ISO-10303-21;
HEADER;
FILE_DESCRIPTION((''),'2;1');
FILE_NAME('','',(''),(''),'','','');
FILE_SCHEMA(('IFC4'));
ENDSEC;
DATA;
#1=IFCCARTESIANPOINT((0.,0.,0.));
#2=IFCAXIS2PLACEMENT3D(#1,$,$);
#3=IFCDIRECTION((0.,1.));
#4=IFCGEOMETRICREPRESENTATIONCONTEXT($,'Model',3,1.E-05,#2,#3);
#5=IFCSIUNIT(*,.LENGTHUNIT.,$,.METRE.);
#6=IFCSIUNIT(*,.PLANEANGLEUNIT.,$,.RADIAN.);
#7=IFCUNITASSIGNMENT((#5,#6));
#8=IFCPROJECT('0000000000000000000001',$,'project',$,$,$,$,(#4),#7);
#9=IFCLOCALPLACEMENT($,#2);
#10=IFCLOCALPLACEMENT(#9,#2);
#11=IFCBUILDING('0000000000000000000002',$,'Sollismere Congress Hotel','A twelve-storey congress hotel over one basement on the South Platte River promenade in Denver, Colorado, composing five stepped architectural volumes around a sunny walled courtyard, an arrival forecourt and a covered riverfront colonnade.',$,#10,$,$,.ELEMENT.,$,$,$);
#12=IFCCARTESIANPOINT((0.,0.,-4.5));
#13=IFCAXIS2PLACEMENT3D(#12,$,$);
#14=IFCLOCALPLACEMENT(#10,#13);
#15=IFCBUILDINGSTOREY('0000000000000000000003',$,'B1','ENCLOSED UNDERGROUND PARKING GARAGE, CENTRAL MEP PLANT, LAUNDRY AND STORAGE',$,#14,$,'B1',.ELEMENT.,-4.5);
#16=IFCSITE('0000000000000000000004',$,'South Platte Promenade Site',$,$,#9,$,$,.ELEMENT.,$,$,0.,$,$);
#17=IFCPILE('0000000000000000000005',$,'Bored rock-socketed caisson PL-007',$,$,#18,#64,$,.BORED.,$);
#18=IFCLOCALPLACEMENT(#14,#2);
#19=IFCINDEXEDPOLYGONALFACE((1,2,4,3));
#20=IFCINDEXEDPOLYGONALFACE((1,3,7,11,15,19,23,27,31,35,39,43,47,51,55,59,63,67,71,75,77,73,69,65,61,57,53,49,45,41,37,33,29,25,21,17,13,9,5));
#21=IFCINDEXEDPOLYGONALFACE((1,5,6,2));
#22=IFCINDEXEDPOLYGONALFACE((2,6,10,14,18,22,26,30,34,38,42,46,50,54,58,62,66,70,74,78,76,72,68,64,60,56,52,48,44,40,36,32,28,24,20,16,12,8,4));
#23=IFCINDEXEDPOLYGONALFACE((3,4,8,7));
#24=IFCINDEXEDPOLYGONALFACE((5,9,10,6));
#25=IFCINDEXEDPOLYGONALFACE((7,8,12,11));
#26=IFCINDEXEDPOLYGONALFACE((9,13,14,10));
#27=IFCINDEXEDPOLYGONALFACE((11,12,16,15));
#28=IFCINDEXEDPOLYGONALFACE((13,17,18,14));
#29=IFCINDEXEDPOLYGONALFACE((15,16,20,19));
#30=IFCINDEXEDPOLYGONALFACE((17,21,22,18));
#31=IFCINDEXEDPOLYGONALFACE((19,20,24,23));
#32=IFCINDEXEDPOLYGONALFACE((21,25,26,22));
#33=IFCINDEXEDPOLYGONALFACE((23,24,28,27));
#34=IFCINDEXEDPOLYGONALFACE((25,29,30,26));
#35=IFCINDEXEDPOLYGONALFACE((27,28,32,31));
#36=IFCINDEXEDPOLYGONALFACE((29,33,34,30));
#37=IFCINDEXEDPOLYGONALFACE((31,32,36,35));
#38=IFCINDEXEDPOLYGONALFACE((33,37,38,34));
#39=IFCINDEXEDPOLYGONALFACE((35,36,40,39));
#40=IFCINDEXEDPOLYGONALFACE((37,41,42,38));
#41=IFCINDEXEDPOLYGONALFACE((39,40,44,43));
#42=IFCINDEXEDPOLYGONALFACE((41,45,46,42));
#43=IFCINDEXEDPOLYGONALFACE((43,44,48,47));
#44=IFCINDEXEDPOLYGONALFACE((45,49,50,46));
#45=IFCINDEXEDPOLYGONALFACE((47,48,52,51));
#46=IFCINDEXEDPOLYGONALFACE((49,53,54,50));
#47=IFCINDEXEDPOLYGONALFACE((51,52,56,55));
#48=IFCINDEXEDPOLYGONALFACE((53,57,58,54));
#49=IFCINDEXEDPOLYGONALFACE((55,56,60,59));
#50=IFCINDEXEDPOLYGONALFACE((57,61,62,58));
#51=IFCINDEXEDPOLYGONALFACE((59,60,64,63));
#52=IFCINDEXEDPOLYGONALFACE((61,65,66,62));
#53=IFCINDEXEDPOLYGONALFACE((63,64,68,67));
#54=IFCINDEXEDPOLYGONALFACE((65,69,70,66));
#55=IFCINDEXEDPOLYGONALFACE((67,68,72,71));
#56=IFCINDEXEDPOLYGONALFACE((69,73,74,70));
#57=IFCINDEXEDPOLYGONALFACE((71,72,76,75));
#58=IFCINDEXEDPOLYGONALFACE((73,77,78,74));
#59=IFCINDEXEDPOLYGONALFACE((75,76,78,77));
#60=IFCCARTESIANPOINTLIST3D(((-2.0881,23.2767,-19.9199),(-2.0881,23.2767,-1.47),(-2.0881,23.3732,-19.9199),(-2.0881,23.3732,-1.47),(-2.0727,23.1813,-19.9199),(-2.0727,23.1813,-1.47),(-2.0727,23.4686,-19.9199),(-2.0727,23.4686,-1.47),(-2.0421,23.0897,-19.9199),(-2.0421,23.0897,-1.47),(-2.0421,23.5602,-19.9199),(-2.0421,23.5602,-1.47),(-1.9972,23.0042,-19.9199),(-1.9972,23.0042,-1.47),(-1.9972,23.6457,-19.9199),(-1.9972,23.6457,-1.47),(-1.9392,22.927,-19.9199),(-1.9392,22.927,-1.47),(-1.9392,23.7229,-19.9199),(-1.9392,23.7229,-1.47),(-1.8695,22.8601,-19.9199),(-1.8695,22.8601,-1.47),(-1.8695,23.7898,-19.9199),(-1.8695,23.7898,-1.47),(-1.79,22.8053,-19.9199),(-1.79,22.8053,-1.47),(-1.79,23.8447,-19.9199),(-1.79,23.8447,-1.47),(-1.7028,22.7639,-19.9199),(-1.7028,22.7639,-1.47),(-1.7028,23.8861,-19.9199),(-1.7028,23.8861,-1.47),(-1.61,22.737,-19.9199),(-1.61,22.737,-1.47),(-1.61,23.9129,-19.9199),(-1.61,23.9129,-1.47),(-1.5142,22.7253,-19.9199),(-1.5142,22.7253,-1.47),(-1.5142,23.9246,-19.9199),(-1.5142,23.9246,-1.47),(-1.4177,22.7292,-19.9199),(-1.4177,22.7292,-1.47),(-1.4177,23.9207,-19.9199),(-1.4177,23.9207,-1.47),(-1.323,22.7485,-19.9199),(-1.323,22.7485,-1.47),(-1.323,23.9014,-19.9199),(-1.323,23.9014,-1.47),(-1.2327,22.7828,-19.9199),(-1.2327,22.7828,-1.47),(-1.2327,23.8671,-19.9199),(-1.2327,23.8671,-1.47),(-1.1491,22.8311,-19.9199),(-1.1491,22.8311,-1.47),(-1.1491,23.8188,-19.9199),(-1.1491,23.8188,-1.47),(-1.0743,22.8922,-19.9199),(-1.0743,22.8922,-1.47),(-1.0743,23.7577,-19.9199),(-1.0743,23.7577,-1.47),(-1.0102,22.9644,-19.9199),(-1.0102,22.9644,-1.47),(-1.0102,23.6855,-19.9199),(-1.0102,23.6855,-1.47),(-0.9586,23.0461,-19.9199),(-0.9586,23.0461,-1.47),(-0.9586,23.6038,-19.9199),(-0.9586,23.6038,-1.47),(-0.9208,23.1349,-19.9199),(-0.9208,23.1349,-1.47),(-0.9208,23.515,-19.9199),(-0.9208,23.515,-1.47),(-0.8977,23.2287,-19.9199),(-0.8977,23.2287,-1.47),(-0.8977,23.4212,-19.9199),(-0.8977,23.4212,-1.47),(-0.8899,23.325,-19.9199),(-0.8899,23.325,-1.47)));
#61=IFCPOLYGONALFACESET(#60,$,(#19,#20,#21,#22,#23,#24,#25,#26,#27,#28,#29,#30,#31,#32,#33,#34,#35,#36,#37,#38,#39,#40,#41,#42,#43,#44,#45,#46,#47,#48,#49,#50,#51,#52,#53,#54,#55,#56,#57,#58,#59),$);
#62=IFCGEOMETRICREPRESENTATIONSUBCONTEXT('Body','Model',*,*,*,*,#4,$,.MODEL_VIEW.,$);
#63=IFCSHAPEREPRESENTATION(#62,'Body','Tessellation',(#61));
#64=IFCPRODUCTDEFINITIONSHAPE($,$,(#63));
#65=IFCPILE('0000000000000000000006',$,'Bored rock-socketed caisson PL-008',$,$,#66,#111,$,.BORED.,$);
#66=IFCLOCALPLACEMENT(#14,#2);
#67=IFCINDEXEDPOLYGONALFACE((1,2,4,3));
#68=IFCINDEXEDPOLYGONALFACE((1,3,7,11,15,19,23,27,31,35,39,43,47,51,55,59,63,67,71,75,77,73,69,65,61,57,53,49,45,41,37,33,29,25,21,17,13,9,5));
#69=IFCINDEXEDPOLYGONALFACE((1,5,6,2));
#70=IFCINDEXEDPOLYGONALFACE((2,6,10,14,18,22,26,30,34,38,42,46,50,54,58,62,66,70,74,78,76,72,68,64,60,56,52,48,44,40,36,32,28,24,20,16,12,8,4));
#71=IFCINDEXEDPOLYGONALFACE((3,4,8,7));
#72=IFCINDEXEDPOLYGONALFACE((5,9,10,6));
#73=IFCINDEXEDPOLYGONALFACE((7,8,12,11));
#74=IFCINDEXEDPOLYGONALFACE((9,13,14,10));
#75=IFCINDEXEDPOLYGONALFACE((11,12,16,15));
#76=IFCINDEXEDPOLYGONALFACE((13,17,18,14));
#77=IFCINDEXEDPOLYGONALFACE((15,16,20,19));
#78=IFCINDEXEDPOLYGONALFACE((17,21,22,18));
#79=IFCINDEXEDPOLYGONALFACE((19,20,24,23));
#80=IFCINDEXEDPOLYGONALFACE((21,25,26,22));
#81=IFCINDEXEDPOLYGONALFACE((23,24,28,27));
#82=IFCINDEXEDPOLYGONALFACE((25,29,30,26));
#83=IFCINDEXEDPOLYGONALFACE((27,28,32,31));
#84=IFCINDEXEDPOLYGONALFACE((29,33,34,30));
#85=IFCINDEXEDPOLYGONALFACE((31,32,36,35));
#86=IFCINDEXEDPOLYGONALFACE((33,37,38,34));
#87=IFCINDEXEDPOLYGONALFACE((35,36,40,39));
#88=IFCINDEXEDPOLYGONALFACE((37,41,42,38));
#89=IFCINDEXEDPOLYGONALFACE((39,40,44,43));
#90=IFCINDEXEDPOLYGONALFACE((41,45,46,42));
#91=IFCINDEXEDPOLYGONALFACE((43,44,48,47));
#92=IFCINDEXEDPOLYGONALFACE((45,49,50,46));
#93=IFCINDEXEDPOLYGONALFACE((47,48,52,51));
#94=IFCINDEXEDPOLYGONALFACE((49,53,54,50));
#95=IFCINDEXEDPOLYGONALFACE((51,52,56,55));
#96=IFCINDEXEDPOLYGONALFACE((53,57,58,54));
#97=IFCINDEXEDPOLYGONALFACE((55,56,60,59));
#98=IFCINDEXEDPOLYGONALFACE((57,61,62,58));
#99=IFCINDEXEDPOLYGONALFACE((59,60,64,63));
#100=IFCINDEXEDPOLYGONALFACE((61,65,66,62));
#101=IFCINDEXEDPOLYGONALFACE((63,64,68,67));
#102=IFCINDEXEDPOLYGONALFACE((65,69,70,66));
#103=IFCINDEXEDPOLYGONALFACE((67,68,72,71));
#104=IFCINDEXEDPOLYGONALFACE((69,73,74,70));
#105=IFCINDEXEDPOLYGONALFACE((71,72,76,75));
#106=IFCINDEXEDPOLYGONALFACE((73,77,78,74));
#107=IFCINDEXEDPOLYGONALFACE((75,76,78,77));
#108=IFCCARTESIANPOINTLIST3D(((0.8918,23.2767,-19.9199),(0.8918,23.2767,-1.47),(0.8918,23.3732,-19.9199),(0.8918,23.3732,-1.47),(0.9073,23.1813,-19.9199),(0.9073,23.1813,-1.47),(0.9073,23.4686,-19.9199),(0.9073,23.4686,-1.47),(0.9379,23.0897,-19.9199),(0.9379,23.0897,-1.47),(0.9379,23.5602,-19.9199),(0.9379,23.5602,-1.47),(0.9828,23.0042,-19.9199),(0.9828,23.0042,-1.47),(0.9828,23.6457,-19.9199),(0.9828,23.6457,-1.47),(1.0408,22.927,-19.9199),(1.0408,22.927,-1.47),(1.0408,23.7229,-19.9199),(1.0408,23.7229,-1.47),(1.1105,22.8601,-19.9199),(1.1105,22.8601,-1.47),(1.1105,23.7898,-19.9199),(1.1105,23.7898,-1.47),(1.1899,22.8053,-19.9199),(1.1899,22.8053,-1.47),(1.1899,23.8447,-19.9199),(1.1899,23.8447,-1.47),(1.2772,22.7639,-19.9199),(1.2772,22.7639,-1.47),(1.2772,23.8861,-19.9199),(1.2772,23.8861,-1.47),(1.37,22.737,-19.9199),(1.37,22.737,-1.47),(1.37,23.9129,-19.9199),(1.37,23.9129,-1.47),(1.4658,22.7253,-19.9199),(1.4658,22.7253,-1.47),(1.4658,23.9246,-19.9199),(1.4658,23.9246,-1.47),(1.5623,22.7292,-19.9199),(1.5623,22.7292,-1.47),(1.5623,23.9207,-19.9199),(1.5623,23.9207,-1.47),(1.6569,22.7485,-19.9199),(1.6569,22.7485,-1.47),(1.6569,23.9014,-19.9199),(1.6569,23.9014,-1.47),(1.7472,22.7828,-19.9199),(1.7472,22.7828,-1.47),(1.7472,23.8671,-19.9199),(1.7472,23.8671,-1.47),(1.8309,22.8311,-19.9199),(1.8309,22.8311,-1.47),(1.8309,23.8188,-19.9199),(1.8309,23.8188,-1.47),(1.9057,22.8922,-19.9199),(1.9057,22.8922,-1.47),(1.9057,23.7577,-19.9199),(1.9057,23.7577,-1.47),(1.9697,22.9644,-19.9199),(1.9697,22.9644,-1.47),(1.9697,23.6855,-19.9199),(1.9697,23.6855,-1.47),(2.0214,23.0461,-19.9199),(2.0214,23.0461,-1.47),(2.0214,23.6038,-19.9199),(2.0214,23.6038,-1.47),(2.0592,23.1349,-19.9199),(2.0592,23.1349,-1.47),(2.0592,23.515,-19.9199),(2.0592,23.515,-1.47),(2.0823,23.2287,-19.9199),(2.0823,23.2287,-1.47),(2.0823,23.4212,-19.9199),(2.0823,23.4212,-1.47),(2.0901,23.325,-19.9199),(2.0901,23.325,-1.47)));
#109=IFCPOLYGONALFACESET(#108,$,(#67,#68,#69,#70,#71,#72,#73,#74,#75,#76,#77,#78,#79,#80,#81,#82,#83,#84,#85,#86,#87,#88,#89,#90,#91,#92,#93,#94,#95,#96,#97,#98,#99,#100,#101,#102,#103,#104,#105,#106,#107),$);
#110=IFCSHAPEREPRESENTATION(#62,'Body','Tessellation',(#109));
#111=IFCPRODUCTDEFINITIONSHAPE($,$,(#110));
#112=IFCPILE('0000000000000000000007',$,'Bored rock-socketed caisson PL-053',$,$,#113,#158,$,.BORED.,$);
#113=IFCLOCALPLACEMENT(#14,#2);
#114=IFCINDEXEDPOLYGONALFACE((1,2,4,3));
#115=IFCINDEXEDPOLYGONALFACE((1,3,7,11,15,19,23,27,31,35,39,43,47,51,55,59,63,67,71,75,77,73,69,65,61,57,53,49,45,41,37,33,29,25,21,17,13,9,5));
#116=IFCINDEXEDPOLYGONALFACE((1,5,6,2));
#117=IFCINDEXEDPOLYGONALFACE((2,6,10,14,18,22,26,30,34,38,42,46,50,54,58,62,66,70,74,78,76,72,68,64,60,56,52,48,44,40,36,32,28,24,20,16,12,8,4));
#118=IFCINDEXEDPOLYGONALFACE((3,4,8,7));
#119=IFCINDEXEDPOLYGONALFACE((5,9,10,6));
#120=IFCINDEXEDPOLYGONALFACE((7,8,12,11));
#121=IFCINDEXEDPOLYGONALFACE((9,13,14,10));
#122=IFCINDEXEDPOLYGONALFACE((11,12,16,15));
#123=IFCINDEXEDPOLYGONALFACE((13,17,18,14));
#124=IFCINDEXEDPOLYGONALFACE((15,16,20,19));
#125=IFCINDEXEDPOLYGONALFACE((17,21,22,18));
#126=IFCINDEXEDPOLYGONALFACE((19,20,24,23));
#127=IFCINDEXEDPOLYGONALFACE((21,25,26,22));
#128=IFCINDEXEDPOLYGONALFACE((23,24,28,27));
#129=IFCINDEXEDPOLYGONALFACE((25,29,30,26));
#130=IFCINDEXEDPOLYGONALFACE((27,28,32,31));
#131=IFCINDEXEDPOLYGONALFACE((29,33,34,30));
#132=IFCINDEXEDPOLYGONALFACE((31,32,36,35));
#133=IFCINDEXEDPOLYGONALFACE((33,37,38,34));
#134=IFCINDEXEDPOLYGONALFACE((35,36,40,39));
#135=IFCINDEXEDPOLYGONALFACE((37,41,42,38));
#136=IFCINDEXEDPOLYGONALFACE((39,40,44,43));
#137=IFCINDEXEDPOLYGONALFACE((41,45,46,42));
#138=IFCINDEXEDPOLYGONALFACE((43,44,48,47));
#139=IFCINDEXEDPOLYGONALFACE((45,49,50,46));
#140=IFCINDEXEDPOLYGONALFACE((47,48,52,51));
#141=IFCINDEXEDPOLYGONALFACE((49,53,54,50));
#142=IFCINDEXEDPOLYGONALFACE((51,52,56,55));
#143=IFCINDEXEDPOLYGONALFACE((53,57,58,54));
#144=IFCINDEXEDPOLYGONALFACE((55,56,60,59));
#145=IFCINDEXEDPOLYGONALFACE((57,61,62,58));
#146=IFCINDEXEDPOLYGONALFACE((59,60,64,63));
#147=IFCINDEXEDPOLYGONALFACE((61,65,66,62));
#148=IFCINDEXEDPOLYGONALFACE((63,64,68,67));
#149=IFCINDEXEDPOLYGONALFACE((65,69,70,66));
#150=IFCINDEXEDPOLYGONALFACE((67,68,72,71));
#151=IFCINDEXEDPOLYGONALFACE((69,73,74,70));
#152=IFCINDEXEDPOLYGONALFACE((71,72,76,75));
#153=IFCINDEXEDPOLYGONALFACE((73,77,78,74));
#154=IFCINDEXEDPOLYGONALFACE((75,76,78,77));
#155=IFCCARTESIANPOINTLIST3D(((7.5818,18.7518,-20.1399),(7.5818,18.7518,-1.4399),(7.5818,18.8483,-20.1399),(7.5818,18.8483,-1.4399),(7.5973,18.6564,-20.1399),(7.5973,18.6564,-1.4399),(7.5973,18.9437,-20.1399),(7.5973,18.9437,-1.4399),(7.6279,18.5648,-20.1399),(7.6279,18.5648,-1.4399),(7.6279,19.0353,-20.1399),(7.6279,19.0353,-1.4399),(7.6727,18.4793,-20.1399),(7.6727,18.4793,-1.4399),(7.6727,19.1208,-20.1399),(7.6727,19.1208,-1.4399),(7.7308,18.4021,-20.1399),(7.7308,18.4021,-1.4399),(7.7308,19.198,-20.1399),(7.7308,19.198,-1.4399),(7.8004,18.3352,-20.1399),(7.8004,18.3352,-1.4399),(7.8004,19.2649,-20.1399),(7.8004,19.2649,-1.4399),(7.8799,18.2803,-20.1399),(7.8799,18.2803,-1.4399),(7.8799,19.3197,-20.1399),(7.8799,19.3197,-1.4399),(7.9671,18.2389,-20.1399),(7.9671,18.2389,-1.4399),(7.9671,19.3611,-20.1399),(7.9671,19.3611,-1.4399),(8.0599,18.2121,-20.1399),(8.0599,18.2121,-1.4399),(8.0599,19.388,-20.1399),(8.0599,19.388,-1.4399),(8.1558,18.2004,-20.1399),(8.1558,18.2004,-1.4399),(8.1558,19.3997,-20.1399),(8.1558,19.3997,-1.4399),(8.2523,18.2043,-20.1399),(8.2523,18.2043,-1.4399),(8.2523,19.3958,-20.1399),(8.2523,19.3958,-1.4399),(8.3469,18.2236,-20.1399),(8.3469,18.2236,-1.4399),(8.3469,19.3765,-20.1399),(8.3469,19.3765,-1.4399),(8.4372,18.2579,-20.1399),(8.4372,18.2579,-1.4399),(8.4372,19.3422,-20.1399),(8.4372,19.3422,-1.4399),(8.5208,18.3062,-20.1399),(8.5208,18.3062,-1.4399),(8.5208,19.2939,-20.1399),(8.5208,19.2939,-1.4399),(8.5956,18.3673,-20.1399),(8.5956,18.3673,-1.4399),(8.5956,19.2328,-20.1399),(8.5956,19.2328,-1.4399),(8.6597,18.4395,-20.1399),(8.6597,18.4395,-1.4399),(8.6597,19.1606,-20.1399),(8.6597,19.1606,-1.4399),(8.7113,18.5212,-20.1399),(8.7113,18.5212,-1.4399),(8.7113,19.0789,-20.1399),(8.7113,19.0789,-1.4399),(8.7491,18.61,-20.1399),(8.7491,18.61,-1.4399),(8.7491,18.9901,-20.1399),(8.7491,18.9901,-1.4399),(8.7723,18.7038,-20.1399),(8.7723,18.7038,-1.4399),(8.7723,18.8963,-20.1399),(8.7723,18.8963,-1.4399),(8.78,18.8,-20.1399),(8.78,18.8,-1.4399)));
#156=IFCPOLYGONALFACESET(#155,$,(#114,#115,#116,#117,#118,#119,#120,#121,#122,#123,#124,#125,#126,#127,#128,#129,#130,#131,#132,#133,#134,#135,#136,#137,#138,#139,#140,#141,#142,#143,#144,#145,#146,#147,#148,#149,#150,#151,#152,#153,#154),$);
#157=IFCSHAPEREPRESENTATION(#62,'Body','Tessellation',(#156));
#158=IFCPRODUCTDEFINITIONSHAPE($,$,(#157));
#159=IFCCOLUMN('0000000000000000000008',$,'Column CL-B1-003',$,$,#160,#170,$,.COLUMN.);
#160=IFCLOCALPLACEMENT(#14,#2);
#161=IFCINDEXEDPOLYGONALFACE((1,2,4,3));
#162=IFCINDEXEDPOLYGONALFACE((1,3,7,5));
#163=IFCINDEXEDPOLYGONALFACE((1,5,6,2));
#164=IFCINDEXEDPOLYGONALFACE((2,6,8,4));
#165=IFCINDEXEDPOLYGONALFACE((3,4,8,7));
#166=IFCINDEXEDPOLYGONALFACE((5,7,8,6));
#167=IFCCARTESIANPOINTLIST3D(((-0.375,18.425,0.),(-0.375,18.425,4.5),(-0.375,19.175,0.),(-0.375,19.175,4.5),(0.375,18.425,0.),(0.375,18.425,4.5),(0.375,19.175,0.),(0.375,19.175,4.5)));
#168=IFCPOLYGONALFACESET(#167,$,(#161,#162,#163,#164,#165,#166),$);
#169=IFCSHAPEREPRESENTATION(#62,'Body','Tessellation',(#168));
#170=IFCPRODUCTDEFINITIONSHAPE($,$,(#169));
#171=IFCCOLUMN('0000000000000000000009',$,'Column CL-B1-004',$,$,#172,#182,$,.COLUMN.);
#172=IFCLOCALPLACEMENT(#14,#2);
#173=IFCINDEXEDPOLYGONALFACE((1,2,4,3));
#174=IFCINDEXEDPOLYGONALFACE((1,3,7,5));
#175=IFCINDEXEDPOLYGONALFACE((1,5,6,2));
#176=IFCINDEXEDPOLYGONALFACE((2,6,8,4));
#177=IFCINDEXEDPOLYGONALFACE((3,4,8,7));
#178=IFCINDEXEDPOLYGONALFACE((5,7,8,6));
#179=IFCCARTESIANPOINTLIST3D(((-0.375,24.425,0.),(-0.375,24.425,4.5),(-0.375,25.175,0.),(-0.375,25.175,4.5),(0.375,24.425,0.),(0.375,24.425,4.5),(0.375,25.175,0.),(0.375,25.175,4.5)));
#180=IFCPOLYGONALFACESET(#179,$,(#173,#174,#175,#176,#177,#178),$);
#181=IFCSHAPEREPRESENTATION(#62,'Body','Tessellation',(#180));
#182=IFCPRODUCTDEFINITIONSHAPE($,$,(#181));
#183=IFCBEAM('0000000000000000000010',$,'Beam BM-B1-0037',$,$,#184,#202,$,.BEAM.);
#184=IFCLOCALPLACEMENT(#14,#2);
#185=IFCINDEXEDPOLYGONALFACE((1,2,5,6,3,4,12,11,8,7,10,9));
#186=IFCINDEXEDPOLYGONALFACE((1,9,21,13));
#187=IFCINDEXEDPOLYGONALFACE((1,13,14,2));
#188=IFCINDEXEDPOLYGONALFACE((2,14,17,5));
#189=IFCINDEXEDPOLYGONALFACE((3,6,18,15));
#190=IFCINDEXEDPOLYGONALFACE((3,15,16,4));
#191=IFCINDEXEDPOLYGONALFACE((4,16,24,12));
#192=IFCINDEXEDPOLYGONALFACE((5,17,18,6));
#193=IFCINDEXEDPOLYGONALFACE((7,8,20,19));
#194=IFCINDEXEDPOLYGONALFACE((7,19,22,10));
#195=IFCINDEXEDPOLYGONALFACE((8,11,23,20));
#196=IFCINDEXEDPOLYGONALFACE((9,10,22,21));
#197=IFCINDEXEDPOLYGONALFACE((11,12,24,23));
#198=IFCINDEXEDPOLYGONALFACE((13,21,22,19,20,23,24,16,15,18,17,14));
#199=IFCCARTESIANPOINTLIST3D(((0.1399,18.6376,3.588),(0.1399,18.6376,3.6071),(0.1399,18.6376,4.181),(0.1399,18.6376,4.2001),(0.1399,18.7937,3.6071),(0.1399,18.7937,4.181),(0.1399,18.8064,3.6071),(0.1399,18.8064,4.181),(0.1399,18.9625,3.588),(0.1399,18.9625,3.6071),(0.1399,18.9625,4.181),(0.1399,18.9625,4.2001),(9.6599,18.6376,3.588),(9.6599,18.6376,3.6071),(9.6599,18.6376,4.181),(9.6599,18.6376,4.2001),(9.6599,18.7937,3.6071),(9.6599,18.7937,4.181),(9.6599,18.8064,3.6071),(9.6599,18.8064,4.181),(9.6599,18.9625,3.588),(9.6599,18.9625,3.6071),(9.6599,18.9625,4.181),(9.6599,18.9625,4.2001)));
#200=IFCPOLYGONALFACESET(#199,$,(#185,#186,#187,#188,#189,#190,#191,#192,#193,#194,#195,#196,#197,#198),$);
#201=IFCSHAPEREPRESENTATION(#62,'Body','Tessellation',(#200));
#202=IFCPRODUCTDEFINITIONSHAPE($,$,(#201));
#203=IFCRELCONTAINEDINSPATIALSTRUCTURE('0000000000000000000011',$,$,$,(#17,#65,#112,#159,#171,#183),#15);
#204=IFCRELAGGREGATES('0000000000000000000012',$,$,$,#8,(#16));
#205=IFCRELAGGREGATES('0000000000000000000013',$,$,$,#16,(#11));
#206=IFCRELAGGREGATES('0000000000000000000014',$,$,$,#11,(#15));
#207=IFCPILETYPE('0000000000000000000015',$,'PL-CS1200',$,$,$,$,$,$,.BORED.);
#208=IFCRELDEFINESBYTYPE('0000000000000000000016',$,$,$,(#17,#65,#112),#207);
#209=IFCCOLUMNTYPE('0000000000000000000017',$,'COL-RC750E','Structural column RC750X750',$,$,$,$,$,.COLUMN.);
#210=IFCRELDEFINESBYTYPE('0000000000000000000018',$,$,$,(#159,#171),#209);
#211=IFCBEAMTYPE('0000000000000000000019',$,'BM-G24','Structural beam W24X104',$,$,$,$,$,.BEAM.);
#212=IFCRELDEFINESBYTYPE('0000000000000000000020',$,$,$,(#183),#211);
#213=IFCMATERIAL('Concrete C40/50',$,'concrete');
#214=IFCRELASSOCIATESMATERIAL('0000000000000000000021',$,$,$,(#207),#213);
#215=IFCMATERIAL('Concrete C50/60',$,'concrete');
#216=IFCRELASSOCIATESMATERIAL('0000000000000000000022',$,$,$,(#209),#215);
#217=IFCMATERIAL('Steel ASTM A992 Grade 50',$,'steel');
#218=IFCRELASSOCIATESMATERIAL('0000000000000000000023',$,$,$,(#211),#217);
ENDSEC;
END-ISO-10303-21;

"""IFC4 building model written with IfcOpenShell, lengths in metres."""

from ifc_helpers import new_model, si_unit, direction, frame, origin, origin_2d, place, context, subcontext, project, spatial, rectangle, circle, i_section, extrude, material, material_profile, profile_set, type_object, element, save


model = new_model("IFC4")

# Units and contexts
model_context = context("Model", 3, precision=1e-05, world=origin(), true_north=direction((0.0, 1.0)))
body_context = subcontext(model_context, "Body", "Model", "MODEL_VIEW")
ifc_project = project(units=[si_unit("LENGTHUNIT", "METRE"), si_unit("PLANEANGLEUNIT", "RADIAN")], contexts=[model_context])

# Site, building, storey
site_placement = place(None, origin())
site = spatial("IfcSite", under=ifc_project, at=site_placement, Name="South Platte Promenade Site", CompositionType="ELEMENT", RefElevation=0.0)
building_placement = place(site_placement, origin())
building = spatial("IfcBuilding", under=site, at=building_placement, Name="Sollismere Congress Hotel", Description="A twelve-storey congress hotel over one basement on the South Platte River promenade in Denver, Colorado, composing five stepped architectural volumes around a sunny walled courtyard, an arrival forecourt and a covered riverfront colonnade.", CompositionType="ELEMENT")
storey_placement = place(building_placement, frame((0.0, 0.0, -4.5)))
storey = spatial("IfcBuildingStorey", under=building, at=storey_placement, Name="B1", Description="ENCLOSED UNDERGROUND PARKING GARAGE, CENTRAL MEP PLANT, LAUNDRY AND STORAGE", LongName="B1", CompositionType="ELEMENT", Elevation=-4.5)

# Shared definitions
ifc_material_1 = material(Name="Concrete C40/50", Category="concrete")

# Piles
ifc_material_profile_1 = material_profile(ifc_material_1, circle(Radius=0.6001, at=origin_2d()), Name="CAISSON1200")
ifc_profile_set_1 = profile_set([ifc_material_profile_1], Name="Concrete C40/50")
pile_type = type_object("IfcPileType", Name="PL-CS1200", PredefinedType="BORED", material=ifc_profile_set_1)
for number, where, z_axis, x_axis, name in (
    (1, (-1.49, 23.325, -1.47), (0.0, 0.0, -1.0), (1.0, 0.0, 0.0), "Bored rock-socketed caisson PL-007"),
    (2, (1.49, 23.325, -1.47), (0.0, 0.0, -1.0), (1.0, 0.0, 0.0), "Bored rock-socketed caisson PL-008"),
):
    element("IfcPile", number, at=place(storey_placement, frame(where, z_axis=z_axis, x_axis=x_axis)), inside=storey, type_object=pile_type, Name=name, PredefinedType="BORED", context=body_context, shape_type="SweptSolid", body=[
        extrude(circle(Radius=0.6001, at=origin_2d()), origin(), (0.0, 0.0, 1.0), 18.45),
    ])
pile_placement = place(storey_placement, frame((8.1799, 18.8, -1.4399), z_axis=(0.0, 0.0, -1.0), x_axis=(1.0, 0.0, 0.0)))
element("IfcPile", 3, at=pile_placement, inside=storey, type_object=pile_type, Name="Bored rock-socketed caisson PL-053", PredefinedType="BORED", context=body_context, shape_type="SweptSolid", body=[
    extrude(circle(Radius=0.6001, at=origin_2d()), origin(), (0.0, 0.0, 1.0), 18.7),
])

# Columns
ifc_material_2 = material(Name="Concrete C50/60", Category="concrete")
ifc_material_profile_2 = material_profile(ifc_material_2, rectangle(XDim=0.75, YDim=0.75, at=origin_2d()), Name="RC750X750")
ifc_profile_set_2 = profile_set([ifc_material_profile_2], Name="Concrete C50/60")
column_type = type_object("IfcColumnType", Name="COL-RC750E", Description="Structural column RC750X750", PredefinedType="COLUMN", material=ifc_profile_set_2)
for number, where, z_axis, x_axis, name in (
    (4, (0.0, 18.8, 0.0), (0.0, 0.0, 1.0), (1.0, 0.0, 0.0), "Column CL-B1-003"),
    (5, (0.0, 24.8, 0.0), (0.0, 0.0, 1.0), (1.0, 0.0, 0.0), "Column CL-B1-004"),
):
    element("IfcColumn", number, at=place(storey_placement, frame(where, z_axis=z_axis, x_axis=x_axis)), inside=storey, type_object=column_type, Name=name, PredefinedType="COLUMN", context=body_context, shape_type="SweptSolid", body=[
        extrude(rectangle(XDim=0.75, YDim=0.75, at=origin_2d()), origin(), (0.0, 0.0, 1.0), 4.5),
    ])

# Beam
ifc_material_3 = material(Name="Steel ASTM A992 Grade 50", Category="steel")
ifc_material_profile_3 = material_profile(ifc_material_3, i_section(OverallWidth=0.325, OverallDepth=0.6121, WebThickness=0.0127, FlangeThickness=0.019, at=origin_2d()), Name="W24X104")
ifc_profile_set_3 = profile_set([ifc_material_profile_3], Name="Steel ASTM A992 Grade 50")
beam_type_1 = type_object("IfcBeamType", Name="BM-G24", Description="Structural beam W24X104", PredefinedType="BEAM", material=ifc_profile_set_3)
for number, where, z_axis, x_axis, name in (
    (6, (0.1399, 18.8, 3.894), (1.0, 0.0, 0.0), (0.0, 1.0, 0.0), "Beam BM-B1-0037"),
):
    element("IfcBeam", number, at=place(storey_placement, frame(where, z_axis=z_axis, x_axis=x_axis)), inside=storey, type_object=beam_type_1, Name=name, PredefinedType="BEAM", context=body_context, shape_type="SweptSolid", body=[
        extrude(i_section(OverallWidth=0.325, OverallDepth=0.6121, WebThickness=0.0127, FlangeThickness=0.019, at=origin_2d()), origin(), (0.0, 0.0, 1.0), 9.52),
    ])

save(model, "model.ifc")
